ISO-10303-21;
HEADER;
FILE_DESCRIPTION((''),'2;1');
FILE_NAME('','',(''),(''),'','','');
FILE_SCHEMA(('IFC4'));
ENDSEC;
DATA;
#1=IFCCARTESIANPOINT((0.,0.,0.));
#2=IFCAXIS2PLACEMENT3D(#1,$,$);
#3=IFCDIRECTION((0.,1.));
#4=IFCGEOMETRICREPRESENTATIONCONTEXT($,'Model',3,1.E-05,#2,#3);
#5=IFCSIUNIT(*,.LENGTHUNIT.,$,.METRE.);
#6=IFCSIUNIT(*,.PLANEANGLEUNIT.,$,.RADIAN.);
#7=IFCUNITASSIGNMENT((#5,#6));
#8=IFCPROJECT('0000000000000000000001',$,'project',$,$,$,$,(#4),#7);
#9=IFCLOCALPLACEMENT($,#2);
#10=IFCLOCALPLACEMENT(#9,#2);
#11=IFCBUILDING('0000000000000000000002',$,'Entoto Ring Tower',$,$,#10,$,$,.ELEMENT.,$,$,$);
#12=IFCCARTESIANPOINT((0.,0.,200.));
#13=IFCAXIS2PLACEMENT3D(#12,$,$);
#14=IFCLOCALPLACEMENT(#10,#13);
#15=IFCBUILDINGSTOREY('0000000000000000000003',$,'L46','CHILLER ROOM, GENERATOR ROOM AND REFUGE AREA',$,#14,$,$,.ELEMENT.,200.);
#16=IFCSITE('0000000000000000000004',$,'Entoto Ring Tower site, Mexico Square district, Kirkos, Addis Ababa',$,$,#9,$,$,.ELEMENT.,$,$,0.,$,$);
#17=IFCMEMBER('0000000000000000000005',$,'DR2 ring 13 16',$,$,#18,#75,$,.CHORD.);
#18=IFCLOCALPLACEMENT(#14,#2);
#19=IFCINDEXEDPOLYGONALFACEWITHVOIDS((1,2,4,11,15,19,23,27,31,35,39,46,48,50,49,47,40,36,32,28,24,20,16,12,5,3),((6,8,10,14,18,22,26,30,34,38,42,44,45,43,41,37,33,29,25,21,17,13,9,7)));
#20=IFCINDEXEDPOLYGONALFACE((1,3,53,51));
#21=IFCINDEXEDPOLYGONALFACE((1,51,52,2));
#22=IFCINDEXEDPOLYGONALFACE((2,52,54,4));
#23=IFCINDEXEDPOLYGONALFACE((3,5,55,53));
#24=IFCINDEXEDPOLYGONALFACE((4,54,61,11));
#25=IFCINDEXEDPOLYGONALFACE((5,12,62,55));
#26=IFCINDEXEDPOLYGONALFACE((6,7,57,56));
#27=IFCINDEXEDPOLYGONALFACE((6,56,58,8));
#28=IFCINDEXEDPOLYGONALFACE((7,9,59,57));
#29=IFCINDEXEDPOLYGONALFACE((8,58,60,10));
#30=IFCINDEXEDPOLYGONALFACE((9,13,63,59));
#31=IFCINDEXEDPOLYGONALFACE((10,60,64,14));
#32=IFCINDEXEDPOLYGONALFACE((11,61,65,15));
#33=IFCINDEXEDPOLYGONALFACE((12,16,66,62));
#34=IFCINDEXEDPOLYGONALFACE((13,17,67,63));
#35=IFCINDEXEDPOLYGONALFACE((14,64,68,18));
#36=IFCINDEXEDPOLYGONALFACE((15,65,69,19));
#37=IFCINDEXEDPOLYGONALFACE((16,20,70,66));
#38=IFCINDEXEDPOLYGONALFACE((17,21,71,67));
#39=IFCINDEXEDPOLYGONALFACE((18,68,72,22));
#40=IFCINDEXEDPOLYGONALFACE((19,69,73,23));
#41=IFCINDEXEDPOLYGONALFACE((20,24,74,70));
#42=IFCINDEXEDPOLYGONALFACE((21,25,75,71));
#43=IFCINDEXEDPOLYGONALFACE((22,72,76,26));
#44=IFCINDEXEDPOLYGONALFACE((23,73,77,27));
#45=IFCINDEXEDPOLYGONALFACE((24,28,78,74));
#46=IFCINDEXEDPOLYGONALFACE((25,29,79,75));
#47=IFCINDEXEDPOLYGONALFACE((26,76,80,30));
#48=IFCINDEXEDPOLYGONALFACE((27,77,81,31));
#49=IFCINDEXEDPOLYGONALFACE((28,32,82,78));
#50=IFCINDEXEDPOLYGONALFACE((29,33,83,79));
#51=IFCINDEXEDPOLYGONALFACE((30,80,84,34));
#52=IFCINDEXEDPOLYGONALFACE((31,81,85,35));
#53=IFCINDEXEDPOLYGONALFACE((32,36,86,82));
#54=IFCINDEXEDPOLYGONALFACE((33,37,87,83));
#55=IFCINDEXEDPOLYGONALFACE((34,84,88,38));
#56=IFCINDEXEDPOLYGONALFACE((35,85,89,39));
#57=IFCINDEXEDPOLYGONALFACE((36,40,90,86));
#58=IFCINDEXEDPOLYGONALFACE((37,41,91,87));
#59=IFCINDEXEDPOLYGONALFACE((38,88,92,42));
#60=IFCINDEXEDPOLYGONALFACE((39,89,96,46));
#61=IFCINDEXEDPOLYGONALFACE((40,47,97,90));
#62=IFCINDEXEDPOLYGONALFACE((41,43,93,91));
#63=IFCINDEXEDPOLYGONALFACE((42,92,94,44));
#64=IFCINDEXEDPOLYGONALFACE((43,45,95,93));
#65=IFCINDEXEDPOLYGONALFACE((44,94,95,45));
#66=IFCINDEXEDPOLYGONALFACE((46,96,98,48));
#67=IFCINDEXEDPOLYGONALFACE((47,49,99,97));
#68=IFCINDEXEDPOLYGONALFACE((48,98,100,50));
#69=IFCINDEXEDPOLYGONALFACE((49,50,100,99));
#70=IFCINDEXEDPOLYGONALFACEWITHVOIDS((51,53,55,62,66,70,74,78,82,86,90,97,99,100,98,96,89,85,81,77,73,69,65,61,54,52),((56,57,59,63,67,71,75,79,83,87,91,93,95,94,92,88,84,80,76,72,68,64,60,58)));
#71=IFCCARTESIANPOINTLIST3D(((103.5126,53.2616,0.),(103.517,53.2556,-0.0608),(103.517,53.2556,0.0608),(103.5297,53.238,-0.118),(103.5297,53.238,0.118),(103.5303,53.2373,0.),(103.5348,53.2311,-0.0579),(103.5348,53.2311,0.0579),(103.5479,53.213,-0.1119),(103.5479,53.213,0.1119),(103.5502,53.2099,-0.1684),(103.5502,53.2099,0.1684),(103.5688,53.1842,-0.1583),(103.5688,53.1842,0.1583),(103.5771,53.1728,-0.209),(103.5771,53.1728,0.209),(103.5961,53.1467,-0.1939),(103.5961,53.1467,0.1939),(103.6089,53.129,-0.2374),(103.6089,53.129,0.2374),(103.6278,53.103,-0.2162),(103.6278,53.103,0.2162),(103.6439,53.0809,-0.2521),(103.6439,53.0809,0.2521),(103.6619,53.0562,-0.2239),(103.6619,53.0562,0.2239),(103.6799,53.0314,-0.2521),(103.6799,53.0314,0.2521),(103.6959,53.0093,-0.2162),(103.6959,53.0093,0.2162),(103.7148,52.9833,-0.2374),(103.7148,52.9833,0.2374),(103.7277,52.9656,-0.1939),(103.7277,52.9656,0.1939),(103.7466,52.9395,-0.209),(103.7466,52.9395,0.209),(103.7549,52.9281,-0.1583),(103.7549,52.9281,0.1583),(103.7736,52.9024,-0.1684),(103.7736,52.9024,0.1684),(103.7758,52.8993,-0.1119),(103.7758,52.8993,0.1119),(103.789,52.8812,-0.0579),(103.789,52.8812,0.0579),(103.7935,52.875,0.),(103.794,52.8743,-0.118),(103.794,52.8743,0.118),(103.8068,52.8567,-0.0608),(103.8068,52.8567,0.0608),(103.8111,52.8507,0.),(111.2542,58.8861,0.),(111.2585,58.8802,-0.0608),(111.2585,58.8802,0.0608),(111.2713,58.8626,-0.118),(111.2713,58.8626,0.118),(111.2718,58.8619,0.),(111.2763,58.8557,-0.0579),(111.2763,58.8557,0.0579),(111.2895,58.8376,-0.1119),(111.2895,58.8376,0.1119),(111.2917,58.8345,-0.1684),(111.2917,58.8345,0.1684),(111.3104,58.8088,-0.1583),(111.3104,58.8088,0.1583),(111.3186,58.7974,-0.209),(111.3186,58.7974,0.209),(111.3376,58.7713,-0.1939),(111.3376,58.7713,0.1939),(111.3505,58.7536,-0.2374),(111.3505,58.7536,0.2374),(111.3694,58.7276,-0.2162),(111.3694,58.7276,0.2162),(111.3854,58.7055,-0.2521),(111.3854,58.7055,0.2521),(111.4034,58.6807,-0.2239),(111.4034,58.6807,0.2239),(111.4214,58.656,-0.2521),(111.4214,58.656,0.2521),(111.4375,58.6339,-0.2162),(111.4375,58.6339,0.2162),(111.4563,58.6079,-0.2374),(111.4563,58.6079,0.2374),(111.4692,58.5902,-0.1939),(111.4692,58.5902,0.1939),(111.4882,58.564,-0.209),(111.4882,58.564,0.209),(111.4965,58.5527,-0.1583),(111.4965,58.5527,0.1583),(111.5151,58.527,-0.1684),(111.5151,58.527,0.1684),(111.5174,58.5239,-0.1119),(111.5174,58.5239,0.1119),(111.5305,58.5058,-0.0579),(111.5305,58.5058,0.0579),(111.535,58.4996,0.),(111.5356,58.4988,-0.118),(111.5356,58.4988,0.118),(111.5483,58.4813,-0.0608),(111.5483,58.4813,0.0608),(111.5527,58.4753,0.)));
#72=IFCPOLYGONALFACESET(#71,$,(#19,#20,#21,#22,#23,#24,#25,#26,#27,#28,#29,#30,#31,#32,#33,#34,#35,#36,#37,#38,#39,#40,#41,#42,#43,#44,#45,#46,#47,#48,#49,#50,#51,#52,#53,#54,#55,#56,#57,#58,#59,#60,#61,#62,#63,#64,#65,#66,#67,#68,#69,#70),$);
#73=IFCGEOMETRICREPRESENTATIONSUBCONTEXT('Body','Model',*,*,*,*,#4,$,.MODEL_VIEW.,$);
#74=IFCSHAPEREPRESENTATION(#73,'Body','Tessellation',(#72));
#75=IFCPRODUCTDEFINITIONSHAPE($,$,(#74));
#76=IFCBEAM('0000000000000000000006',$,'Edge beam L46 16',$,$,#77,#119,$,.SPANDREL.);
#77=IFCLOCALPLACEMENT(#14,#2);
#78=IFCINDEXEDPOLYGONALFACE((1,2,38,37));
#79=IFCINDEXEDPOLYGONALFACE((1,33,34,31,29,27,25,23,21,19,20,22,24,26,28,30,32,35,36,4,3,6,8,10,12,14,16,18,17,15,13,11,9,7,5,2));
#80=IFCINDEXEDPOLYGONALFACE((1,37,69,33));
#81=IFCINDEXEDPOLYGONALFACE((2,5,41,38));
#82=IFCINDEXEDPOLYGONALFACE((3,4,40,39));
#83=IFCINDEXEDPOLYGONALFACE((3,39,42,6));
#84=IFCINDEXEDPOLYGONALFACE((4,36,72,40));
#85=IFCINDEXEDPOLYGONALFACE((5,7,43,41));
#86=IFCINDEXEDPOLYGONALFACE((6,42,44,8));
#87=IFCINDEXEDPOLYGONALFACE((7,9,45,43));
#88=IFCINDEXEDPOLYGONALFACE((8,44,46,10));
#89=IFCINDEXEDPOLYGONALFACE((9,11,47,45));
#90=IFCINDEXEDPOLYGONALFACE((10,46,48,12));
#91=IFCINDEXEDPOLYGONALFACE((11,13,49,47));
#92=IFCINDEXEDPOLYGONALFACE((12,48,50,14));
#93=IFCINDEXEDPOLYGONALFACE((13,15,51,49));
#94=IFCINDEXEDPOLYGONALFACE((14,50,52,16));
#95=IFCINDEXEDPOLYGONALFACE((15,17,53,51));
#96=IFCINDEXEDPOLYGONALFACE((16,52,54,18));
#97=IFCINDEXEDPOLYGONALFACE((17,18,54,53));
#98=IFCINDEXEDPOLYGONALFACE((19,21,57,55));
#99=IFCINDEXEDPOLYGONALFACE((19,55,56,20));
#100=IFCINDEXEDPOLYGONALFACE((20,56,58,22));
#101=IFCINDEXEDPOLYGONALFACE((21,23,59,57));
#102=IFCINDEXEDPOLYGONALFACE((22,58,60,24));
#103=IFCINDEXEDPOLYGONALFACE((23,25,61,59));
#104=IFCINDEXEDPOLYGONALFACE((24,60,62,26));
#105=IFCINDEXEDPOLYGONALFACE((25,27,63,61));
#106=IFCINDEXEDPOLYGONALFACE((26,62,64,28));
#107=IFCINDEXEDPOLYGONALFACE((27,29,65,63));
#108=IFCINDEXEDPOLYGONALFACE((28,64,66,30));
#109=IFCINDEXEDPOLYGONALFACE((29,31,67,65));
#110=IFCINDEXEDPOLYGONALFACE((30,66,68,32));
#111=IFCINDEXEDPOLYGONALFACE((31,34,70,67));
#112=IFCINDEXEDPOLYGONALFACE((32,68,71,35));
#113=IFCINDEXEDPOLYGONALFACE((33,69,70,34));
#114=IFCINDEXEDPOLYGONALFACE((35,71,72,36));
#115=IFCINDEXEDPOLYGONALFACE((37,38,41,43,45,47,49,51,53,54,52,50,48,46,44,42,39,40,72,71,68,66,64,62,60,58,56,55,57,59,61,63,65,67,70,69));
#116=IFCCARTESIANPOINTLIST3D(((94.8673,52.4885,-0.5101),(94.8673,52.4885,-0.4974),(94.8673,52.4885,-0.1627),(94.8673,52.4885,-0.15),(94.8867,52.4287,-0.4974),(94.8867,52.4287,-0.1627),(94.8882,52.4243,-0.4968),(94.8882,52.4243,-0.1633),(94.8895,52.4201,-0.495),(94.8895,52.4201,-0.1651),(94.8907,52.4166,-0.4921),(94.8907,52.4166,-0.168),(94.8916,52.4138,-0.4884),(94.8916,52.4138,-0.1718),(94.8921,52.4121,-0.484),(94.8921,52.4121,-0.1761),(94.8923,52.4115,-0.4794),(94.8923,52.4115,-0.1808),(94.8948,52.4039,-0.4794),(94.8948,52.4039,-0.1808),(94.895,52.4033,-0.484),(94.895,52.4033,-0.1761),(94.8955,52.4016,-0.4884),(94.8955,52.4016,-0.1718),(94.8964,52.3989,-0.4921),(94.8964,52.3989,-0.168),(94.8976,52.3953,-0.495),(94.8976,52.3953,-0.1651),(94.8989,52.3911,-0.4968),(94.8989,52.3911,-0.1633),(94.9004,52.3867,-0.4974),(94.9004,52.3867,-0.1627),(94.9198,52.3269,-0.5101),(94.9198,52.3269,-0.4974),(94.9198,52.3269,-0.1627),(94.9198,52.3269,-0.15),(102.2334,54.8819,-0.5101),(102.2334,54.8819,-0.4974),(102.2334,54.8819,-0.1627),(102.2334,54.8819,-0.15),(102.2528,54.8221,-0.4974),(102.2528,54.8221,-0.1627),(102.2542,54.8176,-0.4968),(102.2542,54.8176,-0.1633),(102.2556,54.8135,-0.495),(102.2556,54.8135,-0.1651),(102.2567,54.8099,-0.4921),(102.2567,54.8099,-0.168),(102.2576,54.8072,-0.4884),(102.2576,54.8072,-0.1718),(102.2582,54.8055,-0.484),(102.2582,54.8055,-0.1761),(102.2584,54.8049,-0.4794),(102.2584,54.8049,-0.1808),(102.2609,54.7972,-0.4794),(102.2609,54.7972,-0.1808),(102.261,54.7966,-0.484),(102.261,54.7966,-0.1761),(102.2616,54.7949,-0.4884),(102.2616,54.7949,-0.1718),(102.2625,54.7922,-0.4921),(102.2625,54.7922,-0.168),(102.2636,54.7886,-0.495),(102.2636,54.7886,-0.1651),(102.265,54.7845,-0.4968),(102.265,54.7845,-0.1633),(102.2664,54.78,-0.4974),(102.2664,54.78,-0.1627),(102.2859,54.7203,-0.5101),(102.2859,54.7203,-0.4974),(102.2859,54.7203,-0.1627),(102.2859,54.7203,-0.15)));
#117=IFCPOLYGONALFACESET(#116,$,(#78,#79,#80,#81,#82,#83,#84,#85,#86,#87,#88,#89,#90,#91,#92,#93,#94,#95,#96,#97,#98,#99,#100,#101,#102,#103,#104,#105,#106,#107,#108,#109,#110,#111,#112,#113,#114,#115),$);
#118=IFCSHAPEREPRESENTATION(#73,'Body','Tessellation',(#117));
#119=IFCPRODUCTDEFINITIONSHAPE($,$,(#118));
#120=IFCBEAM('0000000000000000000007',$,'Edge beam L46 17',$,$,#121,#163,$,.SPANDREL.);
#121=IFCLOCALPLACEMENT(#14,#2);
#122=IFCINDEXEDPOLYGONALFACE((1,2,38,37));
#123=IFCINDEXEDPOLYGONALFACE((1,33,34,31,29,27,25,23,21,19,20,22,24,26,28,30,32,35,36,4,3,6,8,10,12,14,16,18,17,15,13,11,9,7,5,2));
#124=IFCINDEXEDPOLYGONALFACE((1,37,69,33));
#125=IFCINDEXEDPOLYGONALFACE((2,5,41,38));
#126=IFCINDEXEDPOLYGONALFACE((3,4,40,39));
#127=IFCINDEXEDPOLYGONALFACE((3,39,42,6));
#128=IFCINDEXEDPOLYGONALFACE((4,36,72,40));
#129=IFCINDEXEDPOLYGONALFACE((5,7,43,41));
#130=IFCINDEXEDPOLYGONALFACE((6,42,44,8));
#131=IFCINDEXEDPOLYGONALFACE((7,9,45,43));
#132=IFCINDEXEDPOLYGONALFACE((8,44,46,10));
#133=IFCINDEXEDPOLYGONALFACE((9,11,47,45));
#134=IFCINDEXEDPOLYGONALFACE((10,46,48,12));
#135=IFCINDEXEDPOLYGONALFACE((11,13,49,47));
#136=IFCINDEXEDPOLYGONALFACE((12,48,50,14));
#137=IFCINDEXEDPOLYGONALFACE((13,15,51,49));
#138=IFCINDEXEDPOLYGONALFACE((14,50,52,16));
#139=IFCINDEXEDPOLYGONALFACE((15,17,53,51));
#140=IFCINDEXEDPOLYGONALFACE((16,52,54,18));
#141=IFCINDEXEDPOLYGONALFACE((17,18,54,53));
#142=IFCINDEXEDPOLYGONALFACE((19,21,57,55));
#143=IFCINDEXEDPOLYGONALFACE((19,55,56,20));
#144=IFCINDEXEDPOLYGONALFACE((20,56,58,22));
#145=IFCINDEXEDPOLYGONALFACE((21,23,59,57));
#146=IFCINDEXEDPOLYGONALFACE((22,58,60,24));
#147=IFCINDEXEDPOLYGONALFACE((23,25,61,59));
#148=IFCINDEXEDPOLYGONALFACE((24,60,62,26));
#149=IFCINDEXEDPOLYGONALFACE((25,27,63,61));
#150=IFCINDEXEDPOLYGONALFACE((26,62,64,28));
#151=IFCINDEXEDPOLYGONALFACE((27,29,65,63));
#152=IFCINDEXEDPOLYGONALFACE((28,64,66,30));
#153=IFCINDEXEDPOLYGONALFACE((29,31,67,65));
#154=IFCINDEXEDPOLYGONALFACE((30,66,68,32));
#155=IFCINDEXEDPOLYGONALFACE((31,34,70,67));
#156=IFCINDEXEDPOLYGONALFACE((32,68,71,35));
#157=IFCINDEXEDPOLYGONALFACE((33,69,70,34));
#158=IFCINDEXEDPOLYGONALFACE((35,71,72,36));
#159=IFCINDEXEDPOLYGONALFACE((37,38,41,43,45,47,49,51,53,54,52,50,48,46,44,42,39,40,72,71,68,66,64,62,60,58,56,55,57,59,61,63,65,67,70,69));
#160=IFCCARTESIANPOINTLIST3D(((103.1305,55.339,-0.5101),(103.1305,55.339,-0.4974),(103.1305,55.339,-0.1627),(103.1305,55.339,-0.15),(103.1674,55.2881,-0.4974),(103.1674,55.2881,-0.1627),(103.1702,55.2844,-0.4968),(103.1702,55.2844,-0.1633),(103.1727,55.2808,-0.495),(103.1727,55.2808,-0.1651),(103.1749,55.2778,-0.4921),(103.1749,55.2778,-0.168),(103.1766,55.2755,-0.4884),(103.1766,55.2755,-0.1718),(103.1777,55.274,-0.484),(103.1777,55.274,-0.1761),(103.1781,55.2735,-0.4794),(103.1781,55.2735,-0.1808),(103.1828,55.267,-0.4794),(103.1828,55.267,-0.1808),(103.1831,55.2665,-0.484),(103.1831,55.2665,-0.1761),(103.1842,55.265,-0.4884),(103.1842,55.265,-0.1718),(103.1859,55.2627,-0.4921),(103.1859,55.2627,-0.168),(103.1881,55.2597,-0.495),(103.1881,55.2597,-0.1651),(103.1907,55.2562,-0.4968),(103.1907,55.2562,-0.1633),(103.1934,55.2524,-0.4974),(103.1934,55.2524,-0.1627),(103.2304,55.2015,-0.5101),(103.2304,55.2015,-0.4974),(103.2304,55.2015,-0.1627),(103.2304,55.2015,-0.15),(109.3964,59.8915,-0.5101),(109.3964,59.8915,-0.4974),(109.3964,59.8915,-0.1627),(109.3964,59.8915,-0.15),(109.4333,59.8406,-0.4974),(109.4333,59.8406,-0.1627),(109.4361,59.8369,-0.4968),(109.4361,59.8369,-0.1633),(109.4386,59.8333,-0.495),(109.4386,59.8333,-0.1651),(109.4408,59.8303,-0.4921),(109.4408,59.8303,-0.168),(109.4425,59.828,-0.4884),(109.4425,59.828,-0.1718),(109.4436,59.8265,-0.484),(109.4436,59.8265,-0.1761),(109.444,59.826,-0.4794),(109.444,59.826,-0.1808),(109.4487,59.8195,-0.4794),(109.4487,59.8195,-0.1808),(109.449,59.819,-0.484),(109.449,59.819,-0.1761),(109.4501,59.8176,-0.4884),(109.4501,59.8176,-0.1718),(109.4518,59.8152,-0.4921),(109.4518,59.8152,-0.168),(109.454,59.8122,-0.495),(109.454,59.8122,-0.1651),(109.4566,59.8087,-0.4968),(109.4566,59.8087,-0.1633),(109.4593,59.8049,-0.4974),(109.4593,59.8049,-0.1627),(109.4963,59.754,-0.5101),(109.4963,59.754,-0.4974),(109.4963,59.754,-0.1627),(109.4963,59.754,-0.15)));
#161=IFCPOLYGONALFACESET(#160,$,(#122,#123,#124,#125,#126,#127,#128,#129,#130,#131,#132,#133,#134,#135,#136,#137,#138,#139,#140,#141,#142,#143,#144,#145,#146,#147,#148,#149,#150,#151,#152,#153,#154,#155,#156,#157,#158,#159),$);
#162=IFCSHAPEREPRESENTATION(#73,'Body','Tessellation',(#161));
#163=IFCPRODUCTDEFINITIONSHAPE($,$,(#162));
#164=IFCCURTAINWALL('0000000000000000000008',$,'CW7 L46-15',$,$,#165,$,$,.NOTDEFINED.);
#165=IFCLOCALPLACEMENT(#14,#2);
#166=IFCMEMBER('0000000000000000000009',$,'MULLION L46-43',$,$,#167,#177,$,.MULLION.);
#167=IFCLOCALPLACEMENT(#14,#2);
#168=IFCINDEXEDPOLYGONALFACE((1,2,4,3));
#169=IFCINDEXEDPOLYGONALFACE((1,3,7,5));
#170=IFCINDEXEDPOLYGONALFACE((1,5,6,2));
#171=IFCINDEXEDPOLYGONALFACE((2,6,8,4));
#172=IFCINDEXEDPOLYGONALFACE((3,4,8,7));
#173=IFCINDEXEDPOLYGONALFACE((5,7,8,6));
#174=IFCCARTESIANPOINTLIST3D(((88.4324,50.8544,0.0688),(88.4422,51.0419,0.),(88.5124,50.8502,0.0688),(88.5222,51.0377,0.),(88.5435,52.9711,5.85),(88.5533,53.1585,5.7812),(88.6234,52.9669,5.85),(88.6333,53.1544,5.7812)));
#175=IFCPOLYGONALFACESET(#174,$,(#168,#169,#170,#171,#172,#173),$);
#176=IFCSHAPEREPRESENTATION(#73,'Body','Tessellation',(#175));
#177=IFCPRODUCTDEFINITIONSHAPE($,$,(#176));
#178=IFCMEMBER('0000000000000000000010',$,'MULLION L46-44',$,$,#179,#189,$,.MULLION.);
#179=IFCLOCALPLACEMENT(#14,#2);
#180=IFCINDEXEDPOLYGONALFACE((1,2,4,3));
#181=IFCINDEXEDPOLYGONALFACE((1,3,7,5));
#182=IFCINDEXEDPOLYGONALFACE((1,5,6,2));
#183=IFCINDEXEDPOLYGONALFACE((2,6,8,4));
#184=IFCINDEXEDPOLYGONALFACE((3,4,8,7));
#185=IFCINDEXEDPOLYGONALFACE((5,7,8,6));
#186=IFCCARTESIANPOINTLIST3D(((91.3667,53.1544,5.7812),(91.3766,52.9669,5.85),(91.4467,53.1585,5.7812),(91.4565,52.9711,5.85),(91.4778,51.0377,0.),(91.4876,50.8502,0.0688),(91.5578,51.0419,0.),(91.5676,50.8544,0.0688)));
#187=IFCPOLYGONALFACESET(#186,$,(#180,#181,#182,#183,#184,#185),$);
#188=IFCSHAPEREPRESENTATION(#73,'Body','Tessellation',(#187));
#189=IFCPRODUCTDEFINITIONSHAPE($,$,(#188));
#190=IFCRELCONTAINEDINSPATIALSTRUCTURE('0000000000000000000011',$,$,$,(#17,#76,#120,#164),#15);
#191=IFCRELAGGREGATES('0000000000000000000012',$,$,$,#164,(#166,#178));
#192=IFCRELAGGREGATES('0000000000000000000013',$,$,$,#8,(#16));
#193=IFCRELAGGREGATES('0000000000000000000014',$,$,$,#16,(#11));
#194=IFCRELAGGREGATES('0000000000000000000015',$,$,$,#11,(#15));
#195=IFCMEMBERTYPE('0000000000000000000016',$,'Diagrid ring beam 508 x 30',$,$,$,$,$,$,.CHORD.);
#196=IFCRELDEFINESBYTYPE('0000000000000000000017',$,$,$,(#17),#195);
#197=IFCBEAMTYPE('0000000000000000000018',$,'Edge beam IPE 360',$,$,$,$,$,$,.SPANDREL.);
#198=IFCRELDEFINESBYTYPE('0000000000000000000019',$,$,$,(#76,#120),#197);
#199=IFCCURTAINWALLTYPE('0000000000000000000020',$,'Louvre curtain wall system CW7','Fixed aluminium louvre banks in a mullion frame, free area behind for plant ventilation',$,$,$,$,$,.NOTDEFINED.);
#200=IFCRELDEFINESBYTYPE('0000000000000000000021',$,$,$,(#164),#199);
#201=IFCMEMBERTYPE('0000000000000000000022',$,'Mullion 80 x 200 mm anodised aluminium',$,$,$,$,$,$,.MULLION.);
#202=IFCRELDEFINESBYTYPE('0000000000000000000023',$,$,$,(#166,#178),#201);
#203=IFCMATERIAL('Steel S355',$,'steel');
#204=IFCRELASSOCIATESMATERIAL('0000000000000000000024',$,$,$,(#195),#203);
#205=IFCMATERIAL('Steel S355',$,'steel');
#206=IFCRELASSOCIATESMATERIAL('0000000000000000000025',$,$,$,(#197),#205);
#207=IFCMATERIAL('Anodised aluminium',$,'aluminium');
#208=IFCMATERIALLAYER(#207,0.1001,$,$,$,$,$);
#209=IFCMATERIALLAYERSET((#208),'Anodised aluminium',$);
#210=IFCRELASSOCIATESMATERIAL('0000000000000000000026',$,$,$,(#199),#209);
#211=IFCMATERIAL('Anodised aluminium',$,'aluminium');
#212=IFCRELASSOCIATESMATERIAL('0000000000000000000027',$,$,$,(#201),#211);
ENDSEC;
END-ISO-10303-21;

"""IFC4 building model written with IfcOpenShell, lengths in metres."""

from ifc_helpers import new_model, si_unit, direction, frame, origin, origin_2d, place, context, subcontext, project, spatial, rectangle, circle, hollow_circle, i_section, extrude, material, layer, layer_set, material_profile, profile_set, type_object, element, aggregate, save


model = new_model("IFC4")

# Units and contexts
model_context = context("Model", 3, precision=1e-05, world=origin(), true_north=direction((0.0, 1.0)))
body_context = subcontext(model_context, "Body", "Model", "MODEL_VIEW")
ifc_project = project(units=[si_unit("LENGTHUNIT", "METRE"), si_unit("PLANEANGLEUNIT", "RADIAN")], contexts=[model_context])

# Site, building, storey
site_placement = place(None, origin())
site = spatial("IfcSite", under=ifc_project, at=site_placement, Name="Entoto Ring Tower site, Mexico Square district, Kirkos, Addis Ababa", CompositionType="ELEMENT", RefElevation=0.0)
building_placement = place(site_placement, origin())
building = spatial("IfcBuilding", under=site, at=building_placement, Name="Entoto Ring Tower", CompositionType="ELEMENT")
storey_placement = place(building_placement, frame((0.0, 0.0, 200.0)))
storey = spatial("IfcBuildingStorey", under=building, at=storey_placement, Name="L46", Description="CHILLER ROOM, GENERATOR ROOM AND REFUGE AREA", CompositionType="ELEMENT", Elevation=200.0)

# Member
ifc_material_1 = material(Name="Steel S355", Category="steel")
ifc_material_profile_1 = material_profile(ifc_material_1, hollow_circle(Radius=0.2539, WallThickness=0.03, at=origin_2d()), Name="CHS 508 x 30")
ifc_material_2 = material(Name="Concrete C60/75", Category="concrete")
ifc_material_profile_2 = material_profile(ifc_material_2, circle(Radius=0.2241, at=origin_2d()), Name="Concrete C60/75 infill")
ifc_profile_set_1 = profile_set([ifc_material_profile_1, ifc_material_profile_2], Name="Steel S355")
member_type_1 = type_object("IfcMemberType", Name="Diagrid ring beam 508 x 30", PredefinedType="CHORD", material=ifc_profile_set_1)
for number, where, z_axis, x_axis, name in (
    (1, (103.6619, 53.0562, 0.0), (0.809016, 0.587786, 0.0), (-0.587786, 0.809016, 0.0), "DR2 ring 13 16"),
):
    element("IfcMember", number, at=place(storey_placement, frame(where, z_axis=z_axis, x_axis=x_axis)), inside=storey, type_object=member_type_1, Name=name, PredefinedType="CHORD", context=body_context, shape_type="SweptSolid", body=[
        extrude(hollow_circle(Radius=0.2539, WallThickness=0.03, at=origin_2d()), origin(), (0.0, 0.0, 1.0), 9.5691),
    ])

# Beams
ifc_material_3 = material(Name="Steel S355", Category="steel")
ifc_material_profile_3 = material_profile(ifc_material_3, i_section(OverallWidth=0.1699, OverallDepth=0.3601, WebThickness=0.0081, FlangeThickness=0.0127, FilletRadius=0.0181, at=origin_2d()), Name="IPE 360")
ifc_profile_set_2 = profile_set([ifc_material_profile_3], Name="Steel S355")
beam_type = type_object("IfcBeamType", Name="Edge beam IPE 360", PredefinedType="SPANDREL", material=ifc_profile_set_2)
for number, where, z_axis, x_axis, name in (
    (2, (94.8936, 52.4077, -0.3301), (0.951058, 0.309013, 0.0), (-0.309013, 0.951058, 0.0), "Edge beam L46 16"),
    (3, (103.1804, 55.2703, -0.3301), (0.809013, 0.587791, 0.0), (-0.587791, 0.809013, 0.0), "Edge beam L46 17"),
):
    element("IfcBeam", number, at=place(storey_placement, frame(where, z_axis=z_axis, x_axis=x_axis)), inside=storey, type_object=beam_type, Name=name, PredefinedType="SPANDREL", context=body_context, shape_type="SweptSolid", body=[
        extrude(i_section(OverallWidth=0.1699, OverallDepth=0.3601, WebThickness=0.0081, FlangeThickness=0.0127, FilletRadius=0.0181, at=origin_2d()), origin(), (0.0, 0.0, 1.0), 7.7451),
    ])

# Curtain wall, members
ifc_material_4 = material(Name="Anodised aluminium", Category="aluminium")
ifc_layer_1 = layer(ifc_material_4, 0.1001)
ifc_layer_set_1 = layer_set([ifc_layer_1], Name="Anodised aluminium")
curtain_wall_type = type_object("IfcCurtainWallType", Name="Louvre curtain wall system CW7", Description="Fixed aluminium louvre banks in a mullion frame, free area behind for plant ventilation", PredefinedType="NOTDEFINED", material=ifc_layer_set_1)
curtain_wall_1_placement = place(storey_placement, origin())
curtain_wall_1 = element("IfcCurtainWall", 4, at=curtain_wall_1_placement, inside=storey, type_object=curtain_wall_type, Name="CW7 L46-15", PredefinedType="NOTDEFINED")
ifc_material_5 = material(Name="Anodised aluminium", Category="aluminium")
ifc_material_profile_4 = material_profile(ifc_material_5, rectangle(XDim=0.0801, YDim=0.2, at=origin_2d()), Name="Mullion 80 x 200 mm anodised aluminium")
ifc_profile_set_3 = profile_set([ifc_material_profile_4], Name="Anodised aluminium")
member_type_2 = type_object("IfcMemberType", Name="Mullion 80 x 200 mm anodised aluminium", PredefinedType="MULLION", material=ifc_profile_set_3)
member_1_placement = place(storey_placement, frame((88.4773, 50.946, 0.0344), z_axis=(0.01804, 0.343756, 0.938886), x_axis=(-0.998626, 0.052408, 0.0)))
member_1 = element("IfcMember", 5, at=member_1_placement, type_object=member_type_2, Name="MULLION L46-43", PredefinedType="MULLION", context=body_context, shape_type="SweptSolid", body=[
    extrude(rectangle(XDim=0.0801, YDim=0.2, at=origin_2d()), origin(), (0.0, 0.0, 1.0), 6.1575),
])
member_2_placement = place(storey_placement, frame((91.5227, 50.946, 0.0344), z_axis=(-0.01804, 0.343756, 0.938886), x_axis=(-0.998626, -0.052408, 0.0)))
member_2 = element("IfcMember", 6, at=member_2_placement, type_object=member_type_2, Name="MULLION L46-44", PredefinedType="MULLION", context=body_context, shape_type="SweptSolid", body=[
    extrude(rectangle(XDim=0.0801, YDim=0.2, at=origin_2d()), origin(), (0.0, 0.0, 1.0), 6.1575),
])
aggregate(curtain_wall_1, [member_1, member_2])

save(model, "model.ifc")
